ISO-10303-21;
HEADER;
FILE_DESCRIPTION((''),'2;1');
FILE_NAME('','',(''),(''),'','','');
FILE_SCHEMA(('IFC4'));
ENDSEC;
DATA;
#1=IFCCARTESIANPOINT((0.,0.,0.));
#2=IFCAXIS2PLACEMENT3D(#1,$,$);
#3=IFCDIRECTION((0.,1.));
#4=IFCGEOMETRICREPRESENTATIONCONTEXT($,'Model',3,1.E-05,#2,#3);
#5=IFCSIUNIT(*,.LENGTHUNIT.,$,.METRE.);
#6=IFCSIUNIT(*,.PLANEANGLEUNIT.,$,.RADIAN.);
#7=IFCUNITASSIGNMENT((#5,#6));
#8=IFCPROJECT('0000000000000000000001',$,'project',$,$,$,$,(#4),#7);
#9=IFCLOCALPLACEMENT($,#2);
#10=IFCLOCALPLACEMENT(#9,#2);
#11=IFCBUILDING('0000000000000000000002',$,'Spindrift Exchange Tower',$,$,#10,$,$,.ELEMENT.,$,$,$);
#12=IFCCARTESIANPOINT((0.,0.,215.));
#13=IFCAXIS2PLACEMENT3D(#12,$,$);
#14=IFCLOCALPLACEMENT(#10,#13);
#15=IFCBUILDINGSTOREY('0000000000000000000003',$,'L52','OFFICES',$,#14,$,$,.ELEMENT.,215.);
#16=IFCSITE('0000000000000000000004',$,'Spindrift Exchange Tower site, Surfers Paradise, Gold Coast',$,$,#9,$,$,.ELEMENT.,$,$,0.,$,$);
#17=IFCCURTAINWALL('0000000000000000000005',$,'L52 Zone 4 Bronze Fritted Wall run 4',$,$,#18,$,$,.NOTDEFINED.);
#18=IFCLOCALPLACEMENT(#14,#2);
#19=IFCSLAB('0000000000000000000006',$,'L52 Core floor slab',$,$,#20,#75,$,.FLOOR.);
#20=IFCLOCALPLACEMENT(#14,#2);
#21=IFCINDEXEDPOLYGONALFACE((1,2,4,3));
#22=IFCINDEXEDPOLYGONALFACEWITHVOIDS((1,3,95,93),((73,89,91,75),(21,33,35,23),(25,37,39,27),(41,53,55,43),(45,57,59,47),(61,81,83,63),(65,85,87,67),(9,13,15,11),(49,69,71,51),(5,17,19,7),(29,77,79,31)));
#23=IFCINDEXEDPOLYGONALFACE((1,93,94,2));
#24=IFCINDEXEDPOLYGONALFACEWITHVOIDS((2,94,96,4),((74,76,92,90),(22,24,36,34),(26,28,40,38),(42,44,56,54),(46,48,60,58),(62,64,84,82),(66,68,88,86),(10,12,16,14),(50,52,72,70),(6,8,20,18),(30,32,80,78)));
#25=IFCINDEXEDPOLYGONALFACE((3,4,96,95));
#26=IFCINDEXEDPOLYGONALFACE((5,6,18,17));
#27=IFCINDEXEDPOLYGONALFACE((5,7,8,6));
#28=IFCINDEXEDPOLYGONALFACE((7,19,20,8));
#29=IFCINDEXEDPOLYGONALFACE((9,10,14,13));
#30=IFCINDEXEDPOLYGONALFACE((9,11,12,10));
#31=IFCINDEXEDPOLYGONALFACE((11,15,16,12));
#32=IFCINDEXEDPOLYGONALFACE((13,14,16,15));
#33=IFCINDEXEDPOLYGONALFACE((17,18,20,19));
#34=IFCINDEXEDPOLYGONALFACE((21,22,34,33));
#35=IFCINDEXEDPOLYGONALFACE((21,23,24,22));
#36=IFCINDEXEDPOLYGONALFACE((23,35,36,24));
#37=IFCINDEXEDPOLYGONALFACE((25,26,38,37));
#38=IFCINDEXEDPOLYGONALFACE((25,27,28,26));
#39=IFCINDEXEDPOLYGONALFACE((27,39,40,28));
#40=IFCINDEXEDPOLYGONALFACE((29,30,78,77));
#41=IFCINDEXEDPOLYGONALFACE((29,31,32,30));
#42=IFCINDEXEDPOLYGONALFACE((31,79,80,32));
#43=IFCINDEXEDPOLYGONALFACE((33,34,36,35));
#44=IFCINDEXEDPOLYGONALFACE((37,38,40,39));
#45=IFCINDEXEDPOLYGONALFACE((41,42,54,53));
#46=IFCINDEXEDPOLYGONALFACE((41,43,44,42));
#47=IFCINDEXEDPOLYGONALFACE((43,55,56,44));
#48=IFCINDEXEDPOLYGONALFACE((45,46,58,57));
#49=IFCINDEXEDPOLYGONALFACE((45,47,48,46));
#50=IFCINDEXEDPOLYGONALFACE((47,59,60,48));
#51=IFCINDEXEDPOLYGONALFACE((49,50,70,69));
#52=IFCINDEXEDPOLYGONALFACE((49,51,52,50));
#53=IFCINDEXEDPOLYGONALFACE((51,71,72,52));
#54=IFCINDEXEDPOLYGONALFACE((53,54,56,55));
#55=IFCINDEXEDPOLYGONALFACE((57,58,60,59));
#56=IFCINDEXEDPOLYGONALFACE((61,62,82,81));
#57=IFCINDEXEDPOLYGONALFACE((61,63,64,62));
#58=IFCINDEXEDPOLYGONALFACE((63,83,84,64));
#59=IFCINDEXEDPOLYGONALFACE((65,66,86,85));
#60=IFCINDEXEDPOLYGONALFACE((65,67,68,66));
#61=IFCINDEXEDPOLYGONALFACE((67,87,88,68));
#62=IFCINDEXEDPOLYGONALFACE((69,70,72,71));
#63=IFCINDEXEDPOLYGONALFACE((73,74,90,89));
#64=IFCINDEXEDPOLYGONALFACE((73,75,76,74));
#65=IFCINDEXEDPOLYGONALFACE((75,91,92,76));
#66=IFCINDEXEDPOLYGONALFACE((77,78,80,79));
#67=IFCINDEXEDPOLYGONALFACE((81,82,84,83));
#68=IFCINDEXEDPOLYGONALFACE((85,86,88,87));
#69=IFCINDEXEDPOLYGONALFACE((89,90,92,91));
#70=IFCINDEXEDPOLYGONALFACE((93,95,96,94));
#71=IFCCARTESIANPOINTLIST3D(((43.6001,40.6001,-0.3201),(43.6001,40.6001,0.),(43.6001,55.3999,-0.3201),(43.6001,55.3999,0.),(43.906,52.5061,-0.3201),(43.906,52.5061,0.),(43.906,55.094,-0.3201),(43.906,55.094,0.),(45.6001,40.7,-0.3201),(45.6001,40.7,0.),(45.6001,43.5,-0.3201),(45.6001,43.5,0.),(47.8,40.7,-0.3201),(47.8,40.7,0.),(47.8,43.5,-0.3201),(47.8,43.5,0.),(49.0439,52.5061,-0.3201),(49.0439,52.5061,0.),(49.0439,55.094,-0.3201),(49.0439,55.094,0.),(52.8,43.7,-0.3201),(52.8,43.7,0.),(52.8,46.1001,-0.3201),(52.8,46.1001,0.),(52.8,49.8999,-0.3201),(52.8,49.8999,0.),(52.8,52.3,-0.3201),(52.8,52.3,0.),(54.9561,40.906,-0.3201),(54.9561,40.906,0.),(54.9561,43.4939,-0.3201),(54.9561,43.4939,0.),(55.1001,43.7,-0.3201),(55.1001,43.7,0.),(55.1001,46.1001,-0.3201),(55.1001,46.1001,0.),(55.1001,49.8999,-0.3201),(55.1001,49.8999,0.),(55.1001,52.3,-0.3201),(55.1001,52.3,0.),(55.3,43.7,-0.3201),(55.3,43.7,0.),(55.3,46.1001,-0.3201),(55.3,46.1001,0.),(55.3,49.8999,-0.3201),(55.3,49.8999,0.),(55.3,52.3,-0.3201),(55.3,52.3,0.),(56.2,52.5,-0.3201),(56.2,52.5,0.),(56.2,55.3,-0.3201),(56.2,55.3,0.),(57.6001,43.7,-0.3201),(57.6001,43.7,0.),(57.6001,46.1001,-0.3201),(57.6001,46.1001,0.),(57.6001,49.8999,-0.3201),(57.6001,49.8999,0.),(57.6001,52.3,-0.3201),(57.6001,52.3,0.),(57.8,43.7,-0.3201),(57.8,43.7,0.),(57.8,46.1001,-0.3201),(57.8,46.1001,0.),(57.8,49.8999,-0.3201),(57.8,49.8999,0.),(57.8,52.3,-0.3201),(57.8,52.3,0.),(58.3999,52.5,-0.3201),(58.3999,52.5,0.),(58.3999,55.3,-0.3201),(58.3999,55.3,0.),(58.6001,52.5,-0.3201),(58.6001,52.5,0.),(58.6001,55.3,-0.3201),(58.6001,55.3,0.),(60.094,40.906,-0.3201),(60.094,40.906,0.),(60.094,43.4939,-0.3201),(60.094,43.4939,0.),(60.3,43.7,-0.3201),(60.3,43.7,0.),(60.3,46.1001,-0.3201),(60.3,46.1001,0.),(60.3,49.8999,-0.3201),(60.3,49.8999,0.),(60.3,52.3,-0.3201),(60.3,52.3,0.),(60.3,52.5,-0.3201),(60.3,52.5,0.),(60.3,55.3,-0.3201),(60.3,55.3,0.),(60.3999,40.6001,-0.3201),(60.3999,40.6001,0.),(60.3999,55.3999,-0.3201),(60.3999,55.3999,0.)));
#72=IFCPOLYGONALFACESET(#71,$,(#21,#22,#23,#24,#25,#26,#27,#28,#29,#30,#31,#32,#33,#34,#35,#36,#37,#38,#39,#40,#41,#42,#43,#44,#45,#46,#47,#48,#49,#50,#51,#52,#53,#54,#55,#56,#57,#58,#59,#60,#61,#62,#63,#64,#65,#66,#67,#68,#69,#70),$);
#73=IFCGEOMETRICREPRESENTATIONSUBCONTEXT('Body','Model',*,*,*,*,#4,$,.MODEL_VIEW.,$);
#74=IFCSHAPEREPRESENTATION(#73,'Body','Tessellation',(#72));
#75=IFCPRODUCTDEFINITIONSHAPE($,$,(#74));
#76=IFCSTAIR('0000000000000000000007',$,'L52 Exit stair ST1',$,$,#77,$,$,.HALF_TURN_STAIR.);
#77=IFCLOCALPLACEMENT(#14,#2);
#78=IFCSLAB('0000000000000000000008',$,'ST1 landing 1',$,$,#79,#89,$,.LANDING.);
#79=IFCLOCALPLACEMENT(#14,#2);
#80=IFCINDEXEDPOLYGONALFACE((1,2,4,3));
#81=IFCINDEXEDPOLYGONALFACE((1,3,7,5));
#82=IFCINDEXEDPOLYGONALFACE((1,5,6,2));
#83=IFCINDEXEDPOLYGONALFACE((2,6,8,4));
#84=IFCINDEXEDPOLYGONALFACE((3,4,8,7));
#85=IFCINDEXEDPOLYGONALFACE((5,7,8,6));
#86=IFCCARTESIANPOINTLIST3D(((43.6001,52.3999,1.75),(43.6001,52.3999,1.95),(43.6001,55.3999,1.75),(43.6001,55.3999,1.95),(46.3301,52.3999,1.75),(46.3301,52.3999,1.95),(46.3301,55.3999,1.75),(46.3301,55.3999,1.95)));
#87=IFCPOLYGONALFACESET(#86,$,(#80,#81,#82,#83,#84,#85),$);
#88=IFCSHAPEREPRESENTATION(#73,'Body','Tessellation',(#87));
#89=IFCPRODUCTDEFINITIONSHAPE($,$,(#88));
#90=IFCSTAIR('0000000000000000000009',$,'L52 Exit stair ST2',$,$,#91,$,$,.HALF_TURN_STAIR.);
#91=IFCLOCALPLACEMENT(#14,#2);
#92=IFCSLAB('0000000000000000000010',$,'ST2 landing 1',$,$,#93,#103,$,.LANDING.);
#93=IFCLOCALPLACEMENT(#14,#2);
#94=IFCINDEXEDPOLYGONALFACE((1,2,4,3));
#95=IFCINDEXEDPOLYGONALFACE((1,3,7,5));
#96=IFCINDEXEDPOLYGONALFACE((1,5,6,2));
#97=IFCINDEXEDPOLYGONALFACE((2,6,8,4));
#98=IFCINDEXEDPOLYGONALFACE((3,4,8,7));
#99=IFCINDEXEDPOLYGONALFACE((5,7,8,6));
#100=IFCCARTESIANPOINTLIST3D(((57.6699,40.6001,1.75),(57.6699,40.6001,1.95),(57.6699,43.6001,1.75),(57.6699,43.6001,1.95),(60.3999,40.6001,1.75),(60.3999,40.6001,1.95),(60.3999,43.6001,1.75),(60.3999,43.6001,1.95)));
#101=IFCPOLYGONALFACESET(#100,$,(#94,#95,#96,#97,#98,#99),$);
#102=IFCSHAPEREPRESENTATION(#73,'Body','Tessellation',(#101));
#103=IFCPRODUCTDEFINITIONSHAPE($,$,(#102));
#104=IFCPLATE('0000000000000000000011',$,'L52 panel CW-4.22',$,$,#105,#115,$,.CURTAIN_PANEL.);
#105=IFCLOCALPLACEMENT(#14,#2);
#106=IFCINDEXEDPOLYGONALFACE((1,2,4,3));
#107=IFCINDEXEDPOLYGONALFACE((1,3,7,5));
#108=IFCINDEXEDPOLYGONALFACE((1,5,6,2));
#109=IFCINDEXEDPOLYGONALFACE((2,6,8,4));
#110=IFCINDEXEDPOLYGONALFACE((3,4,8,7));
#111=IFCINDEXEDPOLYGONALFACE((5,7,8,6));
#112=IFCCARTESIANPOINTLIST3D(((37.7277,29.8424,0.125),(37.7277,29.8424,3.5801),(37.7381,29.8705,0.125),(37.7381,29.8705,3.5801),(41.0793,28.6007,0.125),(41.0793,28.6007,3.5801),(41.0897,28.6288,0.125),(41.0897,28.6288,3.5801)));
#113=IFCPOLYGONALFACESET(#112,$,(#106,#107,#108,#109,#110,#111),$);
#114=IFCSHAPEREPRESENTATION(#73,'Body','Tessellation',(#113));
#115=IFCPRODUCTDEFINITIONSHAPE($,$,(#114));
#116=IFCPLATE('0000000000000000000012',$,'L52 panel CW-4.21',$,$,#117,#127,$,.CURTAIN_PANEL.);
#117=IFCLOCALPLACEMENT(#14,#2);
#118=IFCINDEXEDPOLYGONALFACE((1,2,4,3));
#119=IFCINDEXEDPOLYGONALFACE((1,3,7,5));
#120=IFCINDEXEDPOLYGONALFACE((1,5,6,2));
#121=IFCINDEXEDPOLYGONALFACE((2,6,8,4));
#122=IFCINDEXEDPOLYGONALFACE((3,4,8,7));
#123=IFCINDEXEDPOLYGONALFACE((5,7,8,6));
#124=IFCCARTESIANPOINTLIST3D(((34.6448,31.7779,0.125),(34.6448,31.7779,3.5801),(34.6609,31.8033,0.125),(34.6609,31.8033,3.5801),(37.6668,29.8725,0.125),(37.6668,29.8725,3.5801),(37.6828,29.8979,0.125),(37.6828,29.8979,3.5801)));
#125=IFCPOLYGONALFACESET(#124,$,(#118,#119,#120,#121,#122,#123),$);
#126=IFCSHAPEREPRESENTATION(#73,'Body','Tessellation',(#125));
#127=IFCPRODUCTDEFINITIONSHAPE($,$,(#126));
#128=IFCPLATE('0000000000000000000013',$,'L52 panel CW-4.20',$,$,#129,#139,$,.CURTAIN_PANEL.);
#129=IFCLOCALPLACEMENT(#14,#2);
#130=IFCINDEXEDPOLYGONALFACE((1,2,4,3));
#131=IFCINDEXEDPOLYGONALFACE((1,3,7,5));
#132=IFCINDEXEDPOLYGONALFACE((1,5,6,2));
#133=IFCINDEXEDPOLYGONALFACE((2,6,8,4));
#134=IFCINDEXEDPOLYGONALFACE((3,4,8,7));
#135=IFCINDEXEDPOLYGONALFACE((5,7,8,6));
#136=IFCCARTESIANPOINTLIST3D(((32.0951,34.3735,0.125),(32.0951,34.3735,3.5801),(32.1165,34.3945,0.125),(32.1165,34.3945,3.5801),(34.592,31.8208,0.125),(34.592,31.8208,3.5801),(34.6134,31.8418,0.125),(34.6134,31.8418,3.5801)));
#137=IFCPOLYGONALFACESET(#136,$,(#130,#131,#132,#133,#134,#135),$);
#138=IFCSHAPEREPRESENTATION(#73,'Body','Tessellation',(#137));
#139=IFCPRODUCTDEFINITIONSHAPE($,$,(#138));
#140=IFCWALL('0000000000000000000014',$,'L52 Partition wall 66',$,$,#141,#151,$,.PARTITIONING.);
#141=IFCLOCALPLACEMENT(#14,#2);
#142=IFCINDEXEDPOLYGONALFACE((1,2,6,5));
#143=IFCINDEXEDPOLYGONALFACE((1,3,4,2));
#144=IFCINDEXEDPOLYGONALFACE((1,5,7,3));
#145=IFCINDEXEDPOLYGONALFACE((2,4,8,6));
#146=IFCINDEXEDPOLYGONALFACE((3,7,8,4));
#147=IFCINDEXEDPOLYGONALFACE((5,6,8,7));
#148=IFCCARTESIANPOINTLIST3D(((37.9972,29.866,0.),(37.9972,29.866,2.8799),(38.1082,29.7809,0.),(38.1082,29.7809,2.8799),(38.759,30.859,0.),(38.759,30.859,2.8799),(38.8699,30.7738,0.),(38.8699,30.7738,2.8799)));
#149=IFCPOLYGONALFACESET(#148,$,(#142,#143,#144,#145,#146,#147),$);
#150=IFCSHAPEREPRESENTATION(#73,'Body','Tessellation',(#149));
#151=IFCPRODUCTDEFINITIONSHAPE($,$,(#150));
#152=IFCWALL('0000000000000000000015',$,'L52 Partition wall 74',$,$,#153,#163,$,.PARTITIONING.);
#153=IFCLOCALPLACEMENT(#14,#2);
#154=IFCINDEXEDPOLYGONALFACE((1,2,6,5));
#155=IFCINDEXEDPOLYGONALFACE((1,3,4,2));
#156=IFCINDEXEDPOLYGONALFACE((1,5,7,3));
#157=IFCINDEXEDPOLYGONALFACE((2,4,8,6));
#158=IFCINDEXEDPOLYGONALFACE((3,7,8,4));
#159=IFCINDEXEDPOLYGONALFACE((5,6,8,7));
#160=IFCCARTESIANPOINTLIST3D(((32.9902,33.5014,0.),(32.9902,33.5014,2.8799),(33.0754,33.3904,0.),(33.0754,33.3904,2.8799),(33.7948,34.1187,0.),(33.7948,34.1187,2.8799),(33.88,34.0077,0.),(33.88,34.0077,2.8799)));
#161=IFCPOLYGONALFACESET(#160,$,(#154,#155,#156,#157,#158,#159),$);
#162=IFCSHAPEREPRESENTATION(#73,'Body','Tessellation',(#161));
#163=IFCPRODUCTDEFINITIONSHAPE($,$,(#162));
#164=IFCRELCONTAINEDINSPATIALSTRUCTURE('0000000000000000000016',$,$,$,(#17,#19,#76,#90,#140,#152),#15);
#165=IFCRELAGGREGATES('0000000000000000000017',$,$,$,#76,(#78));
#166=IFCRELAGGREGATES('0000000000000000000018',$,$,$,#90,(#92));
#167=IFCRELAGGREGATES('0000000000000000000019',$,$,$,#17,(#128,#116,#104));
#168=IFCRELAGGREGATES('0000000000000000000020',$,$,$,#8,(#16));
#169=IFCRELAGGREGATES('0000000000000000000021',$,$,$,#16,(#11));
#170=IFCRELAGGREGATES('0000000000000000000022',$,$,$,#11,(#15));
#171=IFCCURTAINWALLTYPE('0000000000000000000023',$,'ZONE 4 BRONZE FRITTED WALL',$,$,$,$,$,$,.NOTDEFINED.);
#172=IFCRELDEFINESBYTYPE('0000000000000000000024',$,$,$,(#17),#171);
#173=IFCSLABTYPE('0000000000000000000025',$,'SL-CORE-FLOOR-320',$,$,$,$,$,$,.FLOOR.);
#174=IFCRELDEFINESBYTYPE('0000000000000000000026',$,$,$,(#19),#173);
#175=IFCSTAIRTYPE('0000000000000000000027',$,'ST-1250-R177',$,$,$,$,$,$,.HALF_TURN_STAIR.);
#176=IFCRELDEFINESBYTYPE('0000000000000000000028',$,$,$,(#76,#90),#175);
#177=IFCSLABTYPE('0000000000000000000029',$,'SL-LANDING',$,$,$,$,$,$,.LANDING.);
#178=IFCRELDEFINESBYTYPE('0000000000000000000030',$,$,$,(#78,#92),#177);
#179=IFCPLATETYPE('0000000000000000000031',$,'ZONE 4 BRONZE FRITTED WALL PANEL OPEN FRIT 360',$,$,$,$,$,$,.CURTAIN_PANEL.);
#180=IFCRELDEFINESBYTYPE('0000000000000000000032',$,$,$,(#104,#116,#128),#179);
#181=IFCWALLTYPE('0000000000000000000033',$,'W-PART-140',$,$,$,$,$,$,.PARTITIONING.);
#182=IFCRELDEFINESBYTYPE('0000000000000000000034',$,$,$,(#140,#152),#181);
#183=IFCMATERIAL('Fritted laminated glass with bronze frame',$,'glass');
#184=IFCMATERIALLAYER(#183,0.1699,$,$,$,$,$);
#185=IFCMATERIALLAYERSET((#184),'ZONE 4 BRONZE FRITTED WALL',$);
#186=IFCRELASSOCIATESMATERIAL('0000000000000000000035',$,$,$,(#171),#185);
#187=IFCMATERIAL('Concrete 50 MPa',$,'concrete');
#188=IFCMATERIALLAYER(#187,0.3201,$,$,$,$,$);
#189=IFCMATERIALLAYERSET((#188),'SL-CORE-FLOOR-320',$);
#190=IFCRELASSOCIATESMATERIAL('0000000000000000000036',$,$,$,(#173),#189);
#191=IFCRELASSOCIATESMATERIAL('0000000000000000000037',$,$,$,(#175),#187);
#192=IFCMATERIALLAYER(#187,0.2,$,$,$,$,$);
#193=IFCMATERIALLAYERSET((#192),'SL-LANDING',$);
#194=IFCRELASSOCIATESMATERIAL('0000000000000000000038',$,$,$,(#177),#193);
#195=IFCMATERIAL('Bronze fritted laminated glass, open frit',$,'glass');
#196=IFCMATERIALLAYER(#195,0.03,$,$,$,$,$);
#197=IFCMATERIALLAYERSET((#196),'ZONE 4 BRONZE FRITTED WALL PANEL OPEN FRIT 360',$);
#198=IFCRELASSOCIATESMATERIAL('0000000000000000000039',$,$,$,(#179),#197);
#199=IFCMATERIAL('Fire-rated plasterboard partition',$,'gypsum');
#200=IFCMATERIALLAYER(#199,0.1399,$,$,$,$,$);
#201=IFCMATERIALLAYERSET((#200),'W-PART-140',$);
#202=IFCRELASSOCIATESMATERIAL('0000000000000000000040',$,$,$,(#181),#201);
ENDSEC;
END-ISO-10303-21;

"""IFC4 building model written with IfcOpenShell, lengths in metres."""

from ifc_helpers import new_model, si_unit, direction, frame, frame_2d, origin, origin_2d, place, context, subcontext, project, spatial, line, indexed_curve, rectangle, outline, extrude, source, transform, mapped, material, layer, layer_set, type_object, element, aggregate, save


model = new_model("IFC4")

# Units and contexts
model_context = context("Model", 3, precision=1e-05, world=origin(), true_north=direction((0.0, 1.0)))
body_context = subcontext(model_context, "Body", "Model", "MODEL_VIEW")
ifc_project = project(units=[si_unit("LENGTHUNIT", "METRE"), si_unit("PLANEANGLEUNIT", "RADIAN")], contexts=[model_context])

# Site, building, storey
site_placement = place(None, origin())
site = spatial("IfcSite", under=ifc_project, at=site_placement, Name="Spindrift Exchange Tower site, Surfers Paradise, Gold Coast", CompositionType="ELEMENT", RefElevation=0.0)
building_placement = place(site_placement, origin())
building = spatial("IfcBuilding", under=site, at=building_placement, Name="Spindrift Exchange Tower", CompositionType="ELEMENT")
storey_placement = place(building_placement, frame((0.0, 0.0, 215.0)))
storey = spatial("IfcBuildingStorey", under=building, at=storey_placement, Name="L52", Description="OFFICES", CompositionType="ELEMENT", Elevation=215.0)

# Shared definitions
ifc_material_1 = material(Name="Concrete 50 MPa", Category="concrete")

# Curtain wall
ifc_material_2 = material(Name="Fritted laminated glass with bronze frame", Category="glass")
ifc_layer_1 = layer(ifc_material_2, 0.1699)
ifc_layer_set_1 = layer_set([ifc_layer_1], Name="ZONE 4 BRONZE FRITTED WALL")
curtain_wall_type = type_object("IfcCurtainWallType", Name="ZONE 4 BRONZE FRITTED WALL", PredefinedType="NOTDEFINED", material=ifc_layer_set_1)
curtain_wall_placement = place(storey_placement, origin())
curtain_wall = element("IfcCurtainWall", 1, at=curtain_wall_placement, inside=storey, type_object=curtain_wall_type, Name="L52 Zone 4 Bronze Fritted Wall run 4", PredefinedType="NOTDEFINED")

# Slab
ifc_layer_2 = layer(ifc_material_1, 0.3201)
ifc_layer_set_2 = layer_set([ifc_layer_2], Name="SL-CORE-FLOOR-320")
slab_type_1 = type_object("IfcSlabType", Name="SL-CORE-FLOOR-320", PredefinedType="FLOOR", material=ifc_layer_set_2)
slab_1_placement = place(storey_placement, frame((0.0, 0.0, -0.3201)))
element("IfcSlab", 2, at=slab_1_placement, inside=storey, type_object=slab_type_1, Name="L52 Core floor slab", PredefinedType="FLOOR", context=body_context, shape_type="SweptSolid", body=[
    extrude(outline(indexed_curve([(43.6001, 40.6001), (43.6001, 55.3999), (60.3999, 55.3999), (60.3999, 40.6001)], segments=[line(1, 2, 3, 4, 1)], self_intersect=False), holes=[indexed_curve([(45.6001, 43.5), (45.6001, 40.7), (47.8, 40.7), (47.8, 43.5)], segments=[line(1, 2, 3, 4, 1)], self_intersect=False), indexed_curve([(52.8, 46.1001), (52.8, 43.7), (55.1001, 43.7), (55.1001, 46.1001)], segments=[line(1, 2, 3, 4, 1)], self_intersect=False), indexed_curve([(55.3, 46.1001), (55.3, 43.7), (57.6001, 43.7), (57.6001, 46.1001)], segments=[line(1, 2, 3, 4, 1)], self_intersect=False), indexed_curve([(55.1001, 52.3), (52.8, 52.3), (52.8, 49.8999), (55.1001, 49.8999)], segments=[line(1, 2, 3, 4, 1)], self_intersect=False), indexed_curve([(57.6001, 52.3), (55.3, 52.3), (55.3, 49.8999), (57.6001, 49.8999)], segments=[line(1, 2, 3, 4, 1)], self_intersect=False), indexed_curve([(43.906, 52.5061), (49.0439, 52.5061), (49.0439, 55.094), (43.906, 55.094)], segments=[line(1, 2, 3, 4, 1)], self_intersect=False), indexed_curve([(60.094, 40.906), (60.094, 43.4939), (54.9561, 43.4939), (54.9561, 40.906)], segments=[line(1, 2, 3, 4, 1)], self_intersect=False), indexed_curve([(60.3, 46.1001), (57.8, 46.1001), (57.8, 43.7), (60.3, 43.7)], segments=[line(1, 2, 3, 4, 1)], self_intersect=False), indexed_curve([(57.8, 52.3), (57.8, 49.8999), (60.3, 49.8999), (60.3, 52.3)], segments=[line(1, 2, 3, 4, 1)], self_intersect=False), indexed_curve([(58.3999, 55.3), (56.2, 55.3), (56.2, 52.5), (58.3999, 52.5)], segments=[line(1, 2, 3, 4, 1)], self_intersect=False), indexed_curve([(60.3, 55.3), (58.6001, 55.3), (58.6001, 52.5), (60.3, 52.5)], segments=[line(1, 2, 3, 4, 1)], self_intersect=False)]), origin(), (0.0, 0.0, 1.0), 0.3201),
])

# Stairs, slabs
stair_type = type_object("IfcStairType", Name="ST-1250-R177", PredefinedType="HALF_TURN_STAIR", material=ifc_material_1)
stair_1_placement = place(storey_placement, origin())
stair_1 = element("IfcStair", 3, at=stair_1_placement, inside=storey, type_object=stair_type, Name="L52 Exit stair ST1", PredefinedType="HALF_TURN_STAIR")
ifc_layer_3 = layer(ifc_material_1, 0.2)
ifc_layer_set_3 = layer_set([ifc_layer_3], Name="SL-LANDING")
slab_type_2 = type_object("IfcSlabType", Name="SL-LANDING", PredefinedType="LANDING", material=ifc_layer_set_3)
slab_2_placement = place(storey_placement, frame((0.0, 0.0, 1.75)))
slab_2 = element("IfcSlab", 4, at=slab_2_placement, type_object=slab_type_2, Name="ST1 landing 1", PredefinedType="LANDING", context=body_context, shape_type="SweptSolid", body=[
    extrude(outline(indexed_curve([(46.3301, 52.3999), (43.6001, 52.3999), (43.6001, 55.3999), (46.3301, 55.3999)], segments=[line(1, 2, 3, 4, 1)], self_intersect=False)), origin(), (0.0, 0.0, 1.0), 0.2),
])
aggregate(stair_1, [slab_2])
stair_2_placement = place(storey_placement, origin())
stair_2 = element("IfcStair", 5, at=stair_2_placement, inside=storey, type_object=stair_type, Name="L52 Exit stair ST2", PredefinedType="HALF_TURN_STAIR")
slab_3_placement = place(storey_placement, frame((0.0, 0.0, 1.75)))
slab_3 = element("IfcSlab", 6, at=slab_3_placement, type_object=slab_type_2, Name="ST2 landing 1", PredefinedType="LANDING", context=body_context, shape_type="SweptSolid", body=[
    extrude(outline(indexed_curve([(57.6699, 43.6001), (60.3999, 43.6001), (60.3999, 40.6001), (57.6699, 40.6001)], segments=[line(1, 2, 3, 4, 1)], self_intersect=False)), origin(), (0.0, 0.0, 1.0), 0.2),
])
aggregate(stair_2, [slab_3])

# Plates
ifc_material_3 = material(Name="Bronze fritted laminated glass, open frit", Category="glass")
ifc_layer_4 = layer(ifc_material_3, 0.03)
ifc_layer_set_4 = layer_set([ifc_layer_4], Name="ZONE 4 BRONZE FRITTED WALL PANEL OPEN FRIT 360")
plate_type = type_object("IfcPlateType", Name="ZONE 4 BRONZE FRITTED WALL PANEL OPEN FRIT 360", PredefinedType="CURTAIN_PANEL", material=ifc_layer_set_4)
shared_shape_1 = source(origin(), body_context, "Body", "SweptSolid", [
    extrude(rectangle(XDim=3.5742, YDim=0.03, at=origin_2d()), origin(), (0.0, 0.0, 1.0), 3.4551),
])
plate_1_placement = place(storey_placement, frame((39.4087, 29.2356, 0.125), z_axis=(0.0, 0.0, 1.0), x_axis=(0.937712, -0.347414, 0.0)))
plate_1 = element("IfcPlate", 7, at=plate_1_placement, type_object=plate_type, Name="L52 panel CW-4.22", PredefinedType="CURTAIN_PANEL", context=body_context, shape_type="MappedRepresentation", body=[
    mapped(shared_shape_1, transform((0.0, 0.0, 0.0), scale=1.0)),
])
shared_shape_2 = source(origin(), body_context, "Body", "SweptSolid", [
    extrude(rectangle(XDim=3.5725, YDim=0.03, at=origin_2d()), origin(), (0.0, 0.0, 1.0), 3.4551),
])
plate_2_placement = place(storey_placement, frame((36.1638, 30.8379, 0.125), z_axis=(0.0, 0.0, 1.0), x_axis=(0.845886, -0.533364, 0.0)))
plate_2 = element("IfcPlate", 8, at=plate_2_placement, type_object=plate_type, Name="L52 panel CW-4.21", PredefinedType="CURTAIN_PANEL", context=body_context, shape_type="MappedRepresentation", body=[
    mapped(shared_shape_2, transform((0.0, 0.0, 0.0), scale=1.0)),
])
shared_shape_3 = source(origin(), body_context, "Body", "SweptSolid", [
    extrude(rectangle(XDim=3.5708, YDim=0.03, at=origin_2d()), origin(), (0.0, 0.0, 1.0), 3.4551),
])
plate_3_placement = place(storey_placement, frame((33.3542, 33.1077, 0.125), z_axis=(0.0, 0.0, 1.0), x_axis=(0.699252, -0.714876, 0.0)))
plate_3 = element("IfcPlate", 9, at=plate_3_placement, type_object=plate_type, Name="L52 panel CW-4.20", PredefinedType="CURTAIN_PANEL", context=body_context, shape_type="MappedRepresentation", body=[
    mapped(shared_shape_3, transform((0.0, 0.0, 0.0), scale=1.0)),
])
aggregate(curtain_wall, [plate_3, plate_2, plate_1])

# Walls
ifc_material_4 = material(Name="Fire-rated plasterboard partition", Category="gypsum")
ifc_layer_5 = layer(ifc_material_4, 0.1399)
ifc_layer_set_5 = layer_set([ifc_layer_5], Name="W-PART-140")
wall_type = type_object("IfcWallType", Name="W-PART-140", PredefinedType="PARTITIONING", material=ifc_layer_set_5)
wall_1_placement = place(storey_placement, frame((38.8145, 30.8164, 0.0), z_axis=(0.0, 0.0, 1.0), x_axis=(-0.608673, -0.793421, 0.0)))
element("IfcWall", 10, at=wall_1_placement, inside=storey, type_object=wall_type, Name="L52 Partition wall 66", PredefinedType="PARTITIONING", context=body_context, shape_type="SweptSolid", body=[
    extrude(rectangle(XDim=1.2515, YDim=0.1399, at=frame_2d((0.6257, 0.0))), origin(), (0.0, 0.0, 1.0), 2.8799),
])
wall_2_placement = place(storey_placement, frame((33.8374, 34.0632, 0.0), z_axis=(0.0, 0.0, 1.0), x_axis=(-0.793366, -0.608745, 0.0)))
element("IfcWall", 11, at=wall_2_placement, inside=storey, type_object=wall_type, Name="L52 Partition wall 74", PredefinedType="PARTITIONING", context=body_context, shape_type="SweptSolid", body=[
    extrude(rectangle(XDim=1.0142, YDim=0.1399, at=frame_2d((0.5071, 0.0))), origin(), (0.0, 0.0, 1.0), 2.8799),
])

save(model, "model.ifc")
